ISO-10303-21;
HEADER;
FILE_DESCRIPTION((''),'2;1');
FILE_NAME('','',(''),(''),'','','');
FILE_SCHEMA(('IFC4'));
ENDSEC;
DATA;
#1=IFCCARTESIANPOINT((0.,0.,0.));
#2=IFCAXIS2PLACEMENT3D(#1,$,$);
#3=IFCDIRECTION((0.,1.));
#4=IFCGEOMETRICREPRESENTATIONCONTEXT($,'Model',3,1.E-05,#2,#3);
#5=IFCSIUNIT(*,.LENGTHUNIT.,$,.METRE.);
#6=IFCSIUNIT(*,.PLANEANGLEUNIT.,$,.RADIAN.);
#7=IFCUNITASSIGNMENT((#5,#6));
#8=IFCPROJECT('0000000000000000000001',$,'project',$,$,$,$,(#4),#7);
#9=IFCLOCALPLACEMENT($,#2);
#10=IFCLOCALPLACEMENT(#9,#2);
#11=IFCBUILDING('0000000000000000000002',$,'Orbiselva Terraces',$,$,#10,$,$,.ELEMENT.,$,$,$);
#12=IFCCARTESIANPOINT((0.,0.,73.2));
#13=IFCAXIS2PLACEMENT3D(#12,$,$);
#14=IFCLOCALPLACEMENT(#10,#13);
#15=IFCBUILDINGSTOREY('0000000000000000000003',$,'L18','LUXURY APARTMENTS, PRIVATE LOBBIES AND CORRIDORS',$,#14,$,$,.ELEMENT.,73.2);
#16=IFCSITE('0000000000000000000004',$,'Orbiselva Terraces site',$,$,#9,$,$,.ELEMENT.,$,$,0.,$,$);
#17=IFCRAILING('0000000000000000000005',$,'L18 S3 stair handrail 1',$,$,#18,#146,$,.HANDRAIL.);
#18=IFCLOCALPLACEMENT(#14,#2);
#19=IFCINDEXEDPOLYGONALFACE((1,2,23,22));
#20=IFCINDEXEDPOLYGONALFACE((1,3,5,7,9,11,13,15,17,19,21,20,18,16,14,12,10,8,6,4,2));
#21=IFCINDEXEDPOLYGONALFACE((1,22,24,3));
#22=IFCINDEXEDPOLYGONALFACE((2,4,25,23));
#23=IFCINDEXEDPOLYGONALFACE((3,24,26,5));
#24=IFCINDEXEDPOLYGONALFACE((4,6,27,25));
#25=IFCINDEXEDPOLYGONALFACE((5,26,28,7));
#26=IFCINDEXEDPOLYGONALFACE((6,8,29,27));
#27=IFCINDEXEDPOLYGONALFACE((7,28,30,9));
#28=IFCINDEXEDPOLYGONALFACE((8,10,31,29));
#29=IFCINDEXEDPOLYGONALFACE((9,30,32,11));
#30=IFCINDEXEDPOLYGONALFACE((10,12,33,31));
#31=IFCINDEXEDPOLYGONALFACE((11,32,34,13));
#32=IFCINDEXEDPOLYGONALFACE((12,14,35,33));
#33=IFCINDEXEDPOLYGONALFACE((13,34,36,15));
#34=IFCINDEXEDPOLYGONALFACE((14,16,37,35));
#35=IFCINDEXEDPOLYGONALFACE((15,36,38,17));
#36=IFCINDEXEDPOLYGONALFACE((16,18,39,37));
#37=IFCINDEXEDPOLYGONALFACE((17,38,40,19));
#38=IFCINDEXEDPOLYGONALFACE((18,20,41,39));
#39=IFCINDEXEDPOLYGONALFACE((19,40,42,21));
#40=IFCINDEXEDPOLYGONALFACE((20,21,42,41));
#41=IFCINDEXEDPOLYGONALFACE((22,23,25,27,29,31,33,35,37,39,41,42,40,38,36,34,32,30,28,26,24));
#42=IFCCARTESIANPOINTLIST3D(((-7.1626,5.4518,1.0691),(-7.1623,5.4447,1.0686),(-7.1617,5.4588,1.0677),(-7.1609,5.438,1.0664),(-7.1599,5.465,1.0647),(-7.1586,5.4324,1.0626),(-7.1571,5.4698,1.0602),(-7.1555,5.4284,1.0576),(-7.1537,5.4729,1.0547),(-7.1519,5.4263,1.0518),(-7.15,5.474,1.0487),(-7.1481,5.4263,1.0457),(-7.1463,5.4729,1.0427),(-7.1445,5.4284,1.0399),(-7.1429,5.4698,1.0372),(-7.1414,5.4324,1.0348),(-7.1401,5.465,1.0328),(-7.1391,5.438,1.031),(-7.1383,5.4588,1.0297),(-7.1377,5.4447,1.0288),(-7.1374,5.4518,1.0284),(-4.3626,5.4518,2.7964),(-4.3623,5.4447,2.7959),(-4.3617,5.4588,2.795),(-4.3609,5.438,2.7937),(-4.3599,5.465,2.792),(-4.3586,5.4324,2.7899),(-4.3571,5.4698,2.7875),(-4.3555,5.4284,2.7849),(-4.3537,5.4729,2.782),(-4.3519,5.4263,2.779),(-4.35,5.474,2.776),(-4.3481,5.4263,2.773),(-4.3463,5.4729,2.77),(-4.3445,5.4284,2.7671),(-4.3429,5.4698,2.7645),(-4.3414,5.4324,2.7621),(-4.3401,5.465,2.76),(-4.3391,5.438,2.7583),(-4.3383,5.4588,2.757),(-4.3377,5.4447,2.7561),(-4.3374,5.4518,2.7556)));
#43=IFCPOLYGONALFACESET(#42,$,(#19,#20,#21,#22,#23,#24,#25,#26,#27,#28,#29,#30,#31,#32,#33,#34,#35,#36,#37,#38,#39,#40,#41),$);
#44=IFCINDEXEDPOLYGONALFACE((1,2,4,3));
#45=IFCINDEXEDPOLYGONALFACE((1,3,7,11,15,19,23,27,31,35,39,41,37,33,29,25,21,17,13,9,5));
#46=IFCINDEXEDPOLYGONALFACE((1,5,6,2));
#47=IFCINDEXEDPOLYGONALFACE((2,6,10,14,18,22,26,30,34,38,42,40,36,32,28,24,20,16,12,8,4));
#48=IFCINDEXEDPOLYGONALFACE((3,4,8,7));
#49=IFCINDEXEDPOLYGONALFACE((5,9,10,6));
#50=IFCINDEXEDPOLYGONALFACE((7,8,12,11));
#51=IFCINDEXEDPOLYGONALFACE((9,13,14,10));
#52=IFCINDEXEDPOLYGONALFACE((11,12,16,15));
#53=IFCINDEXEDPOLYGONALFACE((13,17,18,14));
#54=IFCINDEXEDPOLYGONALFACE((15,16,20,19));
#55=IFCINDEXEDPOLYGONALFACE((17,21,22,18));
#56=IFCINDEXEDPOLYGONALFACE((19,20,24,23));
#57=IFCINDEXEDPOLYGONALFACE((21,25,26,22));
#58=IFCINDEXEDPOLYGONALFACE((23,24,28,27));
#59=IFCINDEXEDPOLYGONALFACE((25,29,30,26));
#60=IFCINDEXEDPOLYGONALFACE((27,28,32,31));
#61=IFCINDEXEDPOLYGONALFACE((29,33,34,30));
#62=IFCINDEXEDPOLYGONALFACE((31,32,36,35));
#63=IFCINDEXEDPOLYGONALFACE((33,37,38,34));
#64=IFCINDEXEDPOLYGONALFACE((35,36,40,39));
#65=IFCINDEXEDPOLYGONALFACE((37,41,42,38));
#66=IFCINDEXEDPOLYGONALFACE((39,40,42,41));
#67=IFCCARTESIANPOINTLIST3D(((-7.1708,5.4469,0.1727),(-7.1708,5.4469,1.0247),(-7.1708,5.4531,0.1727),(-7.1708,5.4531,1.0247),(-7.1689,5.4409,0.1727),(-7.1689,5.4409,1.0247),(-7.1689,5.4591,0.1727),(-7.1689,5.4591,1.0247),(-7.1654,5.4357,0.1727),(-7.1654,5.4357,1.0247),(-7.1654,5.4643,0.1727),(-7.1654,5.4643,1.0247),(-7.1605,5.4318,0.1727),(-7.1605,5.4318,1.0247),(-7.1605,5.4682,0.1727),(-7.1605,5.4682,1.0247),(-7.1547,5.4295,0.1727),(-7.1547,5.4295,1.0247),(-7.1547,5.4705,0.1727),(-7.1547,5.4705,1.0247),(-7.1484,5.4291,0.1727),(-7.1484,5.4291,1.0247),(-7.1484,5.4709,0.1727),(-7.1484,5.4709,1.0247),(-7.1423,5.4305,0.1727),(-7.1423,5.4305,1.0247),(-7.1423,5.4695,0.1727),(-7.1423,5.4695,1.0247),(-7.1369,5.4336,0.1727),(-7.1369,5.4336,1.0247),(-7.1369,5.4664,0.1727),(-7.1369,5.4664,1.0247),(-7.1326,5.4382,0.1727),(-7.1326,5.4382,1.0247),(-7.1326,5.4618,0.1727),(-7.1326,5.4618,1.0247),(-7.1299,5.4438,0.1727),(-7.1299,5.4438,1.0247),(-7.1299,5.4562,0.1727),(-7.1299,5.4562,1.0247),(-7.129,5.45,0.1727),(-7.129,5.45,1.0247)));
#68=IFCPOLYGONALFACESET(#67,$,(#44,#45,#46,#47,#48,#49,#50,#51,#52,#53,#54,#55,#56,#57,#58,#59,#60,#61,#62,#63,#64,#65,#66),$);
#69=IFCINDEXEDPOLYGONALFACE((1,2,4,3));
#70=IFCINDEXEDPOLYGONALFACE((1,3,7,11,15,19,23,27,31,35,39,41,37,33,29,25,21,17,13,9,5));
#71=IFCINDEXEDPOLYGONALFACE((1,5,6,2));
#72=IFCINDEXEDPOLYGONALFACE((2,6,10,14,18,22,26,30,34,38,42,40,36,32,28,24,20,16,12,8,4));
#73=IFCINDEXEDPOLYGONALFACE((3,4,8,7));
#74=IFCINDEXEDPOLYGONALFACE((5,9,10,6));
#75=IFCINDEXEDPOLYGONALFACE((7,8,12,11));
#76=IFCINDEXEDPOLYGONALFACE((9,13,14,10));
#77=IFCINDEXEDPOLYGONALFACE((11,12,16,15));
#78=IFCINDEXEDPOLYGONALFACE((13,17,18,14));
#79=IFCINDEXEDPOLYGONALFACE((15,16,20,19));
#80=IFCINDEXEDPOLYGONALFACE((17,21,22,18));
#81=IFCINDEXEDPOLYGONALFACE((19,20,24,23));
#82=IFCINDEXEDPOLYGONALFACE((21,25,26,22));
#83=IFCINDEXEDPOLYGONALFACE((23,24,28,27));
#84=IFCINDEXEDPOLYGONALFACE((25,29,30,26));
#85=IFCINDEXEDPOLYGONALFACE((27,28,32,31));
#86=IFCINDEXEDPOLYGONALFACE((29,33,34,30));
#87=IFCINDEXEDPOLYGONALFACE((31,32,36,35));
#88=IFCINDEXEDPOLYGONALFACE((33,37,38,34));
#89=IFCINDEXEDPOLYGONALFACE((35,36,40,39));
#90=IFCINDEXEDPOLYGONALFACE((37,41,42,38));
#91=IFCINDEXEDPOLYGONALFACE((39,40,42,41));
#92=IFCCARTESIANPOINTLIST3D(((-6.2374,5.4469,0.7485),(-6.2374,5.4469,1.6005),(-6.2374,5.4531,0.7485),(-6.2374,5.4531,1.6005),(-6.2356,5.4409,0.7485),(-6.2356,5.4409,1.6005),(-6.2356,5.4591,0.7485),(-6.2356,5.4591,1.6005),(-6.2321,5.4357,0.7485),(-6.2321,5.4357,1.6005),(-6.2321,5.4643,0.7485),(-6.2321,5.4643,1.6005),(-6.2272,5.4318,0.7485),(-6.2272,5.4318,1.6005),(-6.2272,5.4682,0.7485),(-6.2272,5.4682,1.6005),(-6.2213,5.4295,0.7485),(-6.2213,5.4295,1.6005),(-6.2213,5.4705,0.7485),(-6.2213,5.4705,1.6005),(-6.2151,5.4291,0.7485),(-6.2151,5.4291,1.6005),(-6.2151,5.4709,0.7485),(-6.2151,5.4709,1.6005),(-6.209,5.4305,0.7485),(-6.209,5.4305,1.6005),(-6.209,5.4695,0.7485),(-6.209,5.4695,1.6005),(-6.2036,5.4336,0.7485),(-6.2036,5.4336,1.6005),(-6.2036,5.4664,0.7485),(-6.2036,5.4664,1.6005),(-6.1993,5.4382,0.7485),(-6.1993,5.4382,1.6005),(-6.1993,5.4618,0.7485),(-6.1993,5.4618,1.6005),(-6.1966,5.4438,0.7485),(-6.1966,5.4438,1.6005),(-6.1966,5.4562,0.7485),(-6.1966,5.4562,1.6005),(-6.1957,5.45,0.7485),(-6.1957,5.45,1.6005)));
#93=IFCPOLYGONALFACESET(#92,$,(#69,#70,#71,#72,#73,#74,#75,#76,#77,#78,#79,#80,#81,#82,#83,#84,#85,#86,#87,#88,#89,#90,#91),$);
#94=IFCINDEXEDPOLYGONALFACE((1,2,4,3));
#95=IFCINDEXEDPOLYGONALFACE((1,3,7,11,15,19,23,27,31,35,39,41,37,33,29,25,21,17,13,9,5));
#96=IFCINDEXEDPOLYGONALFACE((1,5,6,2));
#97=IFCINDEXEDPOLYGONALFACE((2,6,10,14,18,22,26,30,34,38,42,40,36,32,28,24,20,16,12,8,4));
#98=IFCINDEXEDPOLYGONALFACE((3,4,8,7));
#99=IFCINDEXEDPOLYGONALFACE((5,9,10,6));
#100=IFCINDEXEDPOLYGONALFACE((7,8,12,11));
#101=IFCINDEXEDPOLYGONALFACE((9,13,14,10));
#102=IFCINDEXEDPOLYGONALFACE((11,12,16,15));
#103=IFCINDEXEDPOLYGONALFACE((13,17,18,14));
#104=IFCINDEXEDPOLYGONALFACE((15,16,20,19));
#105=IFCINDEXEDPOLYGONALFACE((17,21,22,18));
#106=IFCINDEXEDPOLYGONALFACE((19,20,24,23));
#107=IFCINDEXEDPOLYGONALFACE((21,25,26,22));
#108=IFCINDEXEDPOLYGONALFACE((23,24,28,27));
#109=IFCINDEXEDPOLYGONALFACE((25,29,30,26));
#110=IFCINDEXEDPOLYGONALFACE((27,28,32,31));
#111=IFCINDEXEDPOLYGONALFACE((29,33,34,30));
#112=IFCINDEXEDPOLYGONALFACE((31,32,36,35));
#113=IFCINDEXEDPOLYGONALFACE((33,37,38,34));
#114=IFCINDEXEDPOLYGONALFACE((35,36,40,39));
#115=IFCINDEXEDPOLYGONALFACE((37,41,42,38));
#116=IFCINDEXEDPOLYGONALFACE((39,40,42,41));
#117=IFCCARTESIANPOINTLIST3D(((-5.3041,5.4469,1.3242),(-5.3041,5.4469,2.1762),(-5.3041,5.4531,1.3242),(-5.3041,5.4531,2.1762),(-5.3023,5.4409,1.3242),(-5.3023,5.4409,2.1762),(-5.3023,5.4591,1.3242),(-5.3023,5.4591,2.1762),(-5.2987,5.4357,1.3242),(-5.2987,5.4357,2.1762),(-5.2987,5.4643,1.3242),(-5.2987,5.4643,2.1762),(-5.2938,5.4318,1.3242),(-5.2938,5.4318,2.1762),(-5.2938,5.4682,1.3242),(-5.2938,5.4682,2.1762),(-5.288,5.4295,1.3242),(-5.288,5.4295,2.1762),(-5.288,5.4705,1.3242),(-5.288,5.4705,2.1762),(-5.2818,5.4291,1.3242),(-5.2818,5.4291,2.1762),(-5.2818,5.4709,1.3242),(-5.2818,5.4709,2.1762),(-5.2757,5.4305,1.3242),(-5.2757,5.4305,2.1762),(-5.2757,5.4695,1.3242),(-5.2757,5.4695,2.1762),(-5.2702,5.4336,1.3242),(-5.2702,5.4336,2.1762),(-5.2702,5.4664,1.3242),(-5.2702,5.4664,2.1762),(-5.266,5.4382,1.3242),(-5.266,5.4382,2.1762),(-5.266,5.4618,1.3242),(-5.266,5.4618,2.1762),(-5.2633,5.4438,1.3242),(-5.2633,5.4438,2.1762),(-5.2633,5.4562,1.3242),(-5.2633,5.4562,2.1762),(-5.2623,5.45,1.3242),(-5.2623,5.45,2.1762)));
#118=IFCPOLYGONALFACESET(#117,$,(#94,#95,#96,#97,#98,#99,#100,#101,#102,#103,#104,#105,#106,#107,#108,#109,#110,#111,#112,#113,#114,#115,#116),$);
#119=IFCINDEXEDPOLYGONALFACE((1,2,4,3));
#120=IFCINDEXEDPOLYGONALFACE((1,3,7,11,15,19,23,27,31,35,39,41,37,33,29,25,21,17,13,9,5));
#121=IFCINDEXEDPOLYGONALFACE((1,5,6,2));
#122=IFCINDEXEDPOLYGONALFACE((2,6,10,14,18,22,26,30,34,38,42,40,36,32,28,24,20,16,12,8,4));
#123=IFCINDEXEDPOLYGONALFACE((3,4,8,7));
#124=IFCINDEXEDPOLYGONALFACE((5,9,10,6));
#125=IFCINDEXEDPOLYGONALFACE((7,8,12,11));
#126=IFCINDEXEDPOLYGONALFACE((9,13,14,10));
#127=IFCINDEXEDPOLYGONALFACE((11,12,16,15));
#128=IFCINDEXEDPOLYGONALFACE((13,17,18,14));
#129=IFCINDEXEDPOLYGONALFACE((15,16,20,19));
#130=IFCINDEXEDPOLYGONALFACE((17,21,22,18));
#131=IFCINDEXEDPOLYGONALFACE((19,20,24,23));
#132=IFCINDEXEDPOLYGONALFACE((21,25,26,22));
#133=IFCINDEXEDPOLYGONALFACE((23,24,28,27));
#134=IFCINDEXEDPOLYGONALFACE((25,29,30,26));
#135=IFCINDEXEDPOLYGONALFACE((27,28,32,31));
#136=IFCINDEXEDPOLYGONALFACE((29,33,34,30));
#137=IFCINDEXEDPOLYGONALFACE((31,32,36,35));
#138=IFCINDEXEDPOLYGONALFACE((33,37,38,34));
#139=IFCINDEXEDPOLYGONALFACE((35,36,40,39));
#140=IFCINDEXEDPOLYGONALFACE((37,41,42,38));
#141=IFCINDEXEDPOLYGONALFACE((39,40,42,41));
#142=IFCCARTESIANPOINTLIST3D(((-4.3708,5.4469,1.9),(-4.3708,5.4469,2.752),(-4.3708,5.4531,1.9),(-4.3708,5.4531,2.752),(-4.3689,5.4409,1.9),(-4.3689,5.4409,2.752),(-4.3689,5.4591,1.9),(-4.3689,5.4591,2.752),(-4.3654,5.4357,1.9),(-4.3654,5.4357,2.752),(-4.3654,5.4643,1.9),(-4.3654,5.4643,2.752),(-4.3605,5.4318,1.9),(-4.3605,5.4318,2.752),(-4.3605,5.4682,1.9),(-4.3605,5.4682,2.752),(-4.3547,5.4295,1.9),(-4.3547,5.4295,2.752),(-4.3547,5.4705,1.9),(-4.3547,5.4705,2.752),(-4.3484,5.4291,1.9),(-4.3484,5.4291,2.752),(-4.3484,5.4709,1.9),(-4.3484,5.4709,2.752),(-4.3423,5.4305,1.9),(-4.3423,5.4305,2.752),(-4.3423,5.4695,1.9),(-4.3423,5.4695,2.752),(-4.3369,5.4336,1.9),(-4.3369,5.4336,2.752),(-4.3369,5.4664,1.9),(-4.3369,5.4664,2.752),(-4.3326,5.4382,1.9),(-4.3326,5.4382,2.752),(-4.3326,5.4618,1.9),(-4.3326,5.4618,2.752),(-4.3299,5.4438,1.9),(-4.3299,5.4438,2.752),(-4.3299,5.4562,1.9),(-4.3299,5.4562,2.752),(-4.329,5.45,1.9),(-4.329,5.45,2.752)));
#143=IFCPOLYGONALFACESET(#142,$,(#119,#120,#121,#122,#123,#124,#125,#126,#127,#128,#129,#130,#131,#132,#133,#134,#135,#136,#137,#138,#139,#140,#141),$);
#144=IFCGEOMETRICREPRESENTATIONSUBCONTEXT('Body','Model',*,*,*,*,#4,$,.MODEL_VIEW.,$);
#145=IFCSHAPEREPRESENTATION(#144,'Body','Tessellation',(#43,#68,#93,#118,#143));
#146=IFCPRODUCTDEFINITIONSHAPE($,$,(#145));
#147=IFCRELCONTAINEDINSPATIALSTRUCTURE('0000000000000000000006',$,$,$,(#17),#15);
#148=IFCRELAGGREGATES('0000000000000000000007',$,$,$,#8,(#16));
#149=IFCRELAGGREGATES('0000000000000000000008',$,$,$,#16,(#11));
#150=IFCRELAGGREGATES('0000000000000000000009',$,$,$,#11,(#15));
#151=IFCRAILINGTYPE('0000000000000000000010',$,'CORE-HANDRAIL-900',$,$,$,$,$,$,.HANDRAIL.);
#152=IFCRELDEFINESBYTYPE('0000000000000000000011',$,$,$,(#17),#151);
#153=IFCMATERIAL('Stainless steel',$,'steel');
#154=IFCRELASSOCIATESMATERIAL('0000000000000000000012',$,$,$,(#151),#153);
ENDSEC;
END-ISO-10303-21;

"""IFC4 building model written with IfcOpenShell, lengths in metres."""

from ifc_helpers import new_model, si_unit, direction, frame, origin, origin_2d, place, context, subcontext, project, spatial, circle, extrude, material, type_object, element, save


model = new_model("IFC4")

# Units and contexts
model_context = context("Model", 3, precision=1e-05, world=origin(), true_north=direction((0.0, 1.0)))
body_context = subcontext(model_context, "Body", "Model", "MODEL_VIEW")
ifc_project = project(units=[si_unit("LENGTHUNIT", "METRE"), si_unit("PLANEANGLEUNIT", "RADIAN")], contexts=[model_context])

# Site, building, storey
site_placement = place(None, origin())
site = spatial("IfcSite", under=ifc_project, at=site_placement, Name="Orbiselva Terraces site", CompositionType="ELEMENT", RefElevation=0.0)
building_placement = place(site_placement, origin())
building = spatial("IfcBuilding", under=site, at=building_placement, Name="Orbiselva Terraces", CompositionType="ELEMENT")
storey_placement = place(building_placement, frame((0.0, 0.0, 73.2)))
storey = spatial("IfcBuildingStorey", under=building, at=storey_placement, Name="L18", Description="LUXURY APARTMENTS, PRIVATE LOBBIES AND CORRIDORS", CompositionType="ELEMENT", Elevation=73.2)

# Railing
ifc_material_1 = material(Name="Stainless steel", Category="steel")
railing_type_1 = type_object("IfcRailingType", Name="CORE-HANDRAIL-900", PredefinedType="HANDRAIL", material=ifc_material_1)
railing_1_placement = place(storey_placement, frame((-7.15, 5.45, 0.1727)))
element("IfcRailing", 1, at=railing_1_placement, inside=storey, type_object=railing_type_1, Name="L18 S3 stair handrail 1", PredefinedType="HANDRAIL", context=body_context, shape_type="SweptSolid", body=[
    extrude(circle(Radius=0.024, at=origin_2d()), frame((0.0, 0.0, 0.876), z_axis=(0.851089, 0.0, 0.525022), x_axis=(0.0, 1.0, 0.0)), (0.0, 0.0, 1.0), 3.2899),
    extrude(circle(Radius=0.021, at=origin_2d()), origin(), (0.0, 0.0, 1.0), 0.852),
    extrude(circle(Radius=0.021, at=origin_2d()), frame((0.9333, 0.0, 0.5758)), (0.0, 0.0, 1.0), 0.852),
    extrude(circle(Radius=0.021, at=origin_2d()), frame((1.8667, 0.0, 1.1515)), (0.0, 0.0, 1.0), 0.852),
    extrude(circle(Radius=0.021, at=origin_2d()), frame((2.8, 0.0, 1.7273)), (0.0, 0.0, 1.0), 0.852),
])

save(model, "model.ifc")
